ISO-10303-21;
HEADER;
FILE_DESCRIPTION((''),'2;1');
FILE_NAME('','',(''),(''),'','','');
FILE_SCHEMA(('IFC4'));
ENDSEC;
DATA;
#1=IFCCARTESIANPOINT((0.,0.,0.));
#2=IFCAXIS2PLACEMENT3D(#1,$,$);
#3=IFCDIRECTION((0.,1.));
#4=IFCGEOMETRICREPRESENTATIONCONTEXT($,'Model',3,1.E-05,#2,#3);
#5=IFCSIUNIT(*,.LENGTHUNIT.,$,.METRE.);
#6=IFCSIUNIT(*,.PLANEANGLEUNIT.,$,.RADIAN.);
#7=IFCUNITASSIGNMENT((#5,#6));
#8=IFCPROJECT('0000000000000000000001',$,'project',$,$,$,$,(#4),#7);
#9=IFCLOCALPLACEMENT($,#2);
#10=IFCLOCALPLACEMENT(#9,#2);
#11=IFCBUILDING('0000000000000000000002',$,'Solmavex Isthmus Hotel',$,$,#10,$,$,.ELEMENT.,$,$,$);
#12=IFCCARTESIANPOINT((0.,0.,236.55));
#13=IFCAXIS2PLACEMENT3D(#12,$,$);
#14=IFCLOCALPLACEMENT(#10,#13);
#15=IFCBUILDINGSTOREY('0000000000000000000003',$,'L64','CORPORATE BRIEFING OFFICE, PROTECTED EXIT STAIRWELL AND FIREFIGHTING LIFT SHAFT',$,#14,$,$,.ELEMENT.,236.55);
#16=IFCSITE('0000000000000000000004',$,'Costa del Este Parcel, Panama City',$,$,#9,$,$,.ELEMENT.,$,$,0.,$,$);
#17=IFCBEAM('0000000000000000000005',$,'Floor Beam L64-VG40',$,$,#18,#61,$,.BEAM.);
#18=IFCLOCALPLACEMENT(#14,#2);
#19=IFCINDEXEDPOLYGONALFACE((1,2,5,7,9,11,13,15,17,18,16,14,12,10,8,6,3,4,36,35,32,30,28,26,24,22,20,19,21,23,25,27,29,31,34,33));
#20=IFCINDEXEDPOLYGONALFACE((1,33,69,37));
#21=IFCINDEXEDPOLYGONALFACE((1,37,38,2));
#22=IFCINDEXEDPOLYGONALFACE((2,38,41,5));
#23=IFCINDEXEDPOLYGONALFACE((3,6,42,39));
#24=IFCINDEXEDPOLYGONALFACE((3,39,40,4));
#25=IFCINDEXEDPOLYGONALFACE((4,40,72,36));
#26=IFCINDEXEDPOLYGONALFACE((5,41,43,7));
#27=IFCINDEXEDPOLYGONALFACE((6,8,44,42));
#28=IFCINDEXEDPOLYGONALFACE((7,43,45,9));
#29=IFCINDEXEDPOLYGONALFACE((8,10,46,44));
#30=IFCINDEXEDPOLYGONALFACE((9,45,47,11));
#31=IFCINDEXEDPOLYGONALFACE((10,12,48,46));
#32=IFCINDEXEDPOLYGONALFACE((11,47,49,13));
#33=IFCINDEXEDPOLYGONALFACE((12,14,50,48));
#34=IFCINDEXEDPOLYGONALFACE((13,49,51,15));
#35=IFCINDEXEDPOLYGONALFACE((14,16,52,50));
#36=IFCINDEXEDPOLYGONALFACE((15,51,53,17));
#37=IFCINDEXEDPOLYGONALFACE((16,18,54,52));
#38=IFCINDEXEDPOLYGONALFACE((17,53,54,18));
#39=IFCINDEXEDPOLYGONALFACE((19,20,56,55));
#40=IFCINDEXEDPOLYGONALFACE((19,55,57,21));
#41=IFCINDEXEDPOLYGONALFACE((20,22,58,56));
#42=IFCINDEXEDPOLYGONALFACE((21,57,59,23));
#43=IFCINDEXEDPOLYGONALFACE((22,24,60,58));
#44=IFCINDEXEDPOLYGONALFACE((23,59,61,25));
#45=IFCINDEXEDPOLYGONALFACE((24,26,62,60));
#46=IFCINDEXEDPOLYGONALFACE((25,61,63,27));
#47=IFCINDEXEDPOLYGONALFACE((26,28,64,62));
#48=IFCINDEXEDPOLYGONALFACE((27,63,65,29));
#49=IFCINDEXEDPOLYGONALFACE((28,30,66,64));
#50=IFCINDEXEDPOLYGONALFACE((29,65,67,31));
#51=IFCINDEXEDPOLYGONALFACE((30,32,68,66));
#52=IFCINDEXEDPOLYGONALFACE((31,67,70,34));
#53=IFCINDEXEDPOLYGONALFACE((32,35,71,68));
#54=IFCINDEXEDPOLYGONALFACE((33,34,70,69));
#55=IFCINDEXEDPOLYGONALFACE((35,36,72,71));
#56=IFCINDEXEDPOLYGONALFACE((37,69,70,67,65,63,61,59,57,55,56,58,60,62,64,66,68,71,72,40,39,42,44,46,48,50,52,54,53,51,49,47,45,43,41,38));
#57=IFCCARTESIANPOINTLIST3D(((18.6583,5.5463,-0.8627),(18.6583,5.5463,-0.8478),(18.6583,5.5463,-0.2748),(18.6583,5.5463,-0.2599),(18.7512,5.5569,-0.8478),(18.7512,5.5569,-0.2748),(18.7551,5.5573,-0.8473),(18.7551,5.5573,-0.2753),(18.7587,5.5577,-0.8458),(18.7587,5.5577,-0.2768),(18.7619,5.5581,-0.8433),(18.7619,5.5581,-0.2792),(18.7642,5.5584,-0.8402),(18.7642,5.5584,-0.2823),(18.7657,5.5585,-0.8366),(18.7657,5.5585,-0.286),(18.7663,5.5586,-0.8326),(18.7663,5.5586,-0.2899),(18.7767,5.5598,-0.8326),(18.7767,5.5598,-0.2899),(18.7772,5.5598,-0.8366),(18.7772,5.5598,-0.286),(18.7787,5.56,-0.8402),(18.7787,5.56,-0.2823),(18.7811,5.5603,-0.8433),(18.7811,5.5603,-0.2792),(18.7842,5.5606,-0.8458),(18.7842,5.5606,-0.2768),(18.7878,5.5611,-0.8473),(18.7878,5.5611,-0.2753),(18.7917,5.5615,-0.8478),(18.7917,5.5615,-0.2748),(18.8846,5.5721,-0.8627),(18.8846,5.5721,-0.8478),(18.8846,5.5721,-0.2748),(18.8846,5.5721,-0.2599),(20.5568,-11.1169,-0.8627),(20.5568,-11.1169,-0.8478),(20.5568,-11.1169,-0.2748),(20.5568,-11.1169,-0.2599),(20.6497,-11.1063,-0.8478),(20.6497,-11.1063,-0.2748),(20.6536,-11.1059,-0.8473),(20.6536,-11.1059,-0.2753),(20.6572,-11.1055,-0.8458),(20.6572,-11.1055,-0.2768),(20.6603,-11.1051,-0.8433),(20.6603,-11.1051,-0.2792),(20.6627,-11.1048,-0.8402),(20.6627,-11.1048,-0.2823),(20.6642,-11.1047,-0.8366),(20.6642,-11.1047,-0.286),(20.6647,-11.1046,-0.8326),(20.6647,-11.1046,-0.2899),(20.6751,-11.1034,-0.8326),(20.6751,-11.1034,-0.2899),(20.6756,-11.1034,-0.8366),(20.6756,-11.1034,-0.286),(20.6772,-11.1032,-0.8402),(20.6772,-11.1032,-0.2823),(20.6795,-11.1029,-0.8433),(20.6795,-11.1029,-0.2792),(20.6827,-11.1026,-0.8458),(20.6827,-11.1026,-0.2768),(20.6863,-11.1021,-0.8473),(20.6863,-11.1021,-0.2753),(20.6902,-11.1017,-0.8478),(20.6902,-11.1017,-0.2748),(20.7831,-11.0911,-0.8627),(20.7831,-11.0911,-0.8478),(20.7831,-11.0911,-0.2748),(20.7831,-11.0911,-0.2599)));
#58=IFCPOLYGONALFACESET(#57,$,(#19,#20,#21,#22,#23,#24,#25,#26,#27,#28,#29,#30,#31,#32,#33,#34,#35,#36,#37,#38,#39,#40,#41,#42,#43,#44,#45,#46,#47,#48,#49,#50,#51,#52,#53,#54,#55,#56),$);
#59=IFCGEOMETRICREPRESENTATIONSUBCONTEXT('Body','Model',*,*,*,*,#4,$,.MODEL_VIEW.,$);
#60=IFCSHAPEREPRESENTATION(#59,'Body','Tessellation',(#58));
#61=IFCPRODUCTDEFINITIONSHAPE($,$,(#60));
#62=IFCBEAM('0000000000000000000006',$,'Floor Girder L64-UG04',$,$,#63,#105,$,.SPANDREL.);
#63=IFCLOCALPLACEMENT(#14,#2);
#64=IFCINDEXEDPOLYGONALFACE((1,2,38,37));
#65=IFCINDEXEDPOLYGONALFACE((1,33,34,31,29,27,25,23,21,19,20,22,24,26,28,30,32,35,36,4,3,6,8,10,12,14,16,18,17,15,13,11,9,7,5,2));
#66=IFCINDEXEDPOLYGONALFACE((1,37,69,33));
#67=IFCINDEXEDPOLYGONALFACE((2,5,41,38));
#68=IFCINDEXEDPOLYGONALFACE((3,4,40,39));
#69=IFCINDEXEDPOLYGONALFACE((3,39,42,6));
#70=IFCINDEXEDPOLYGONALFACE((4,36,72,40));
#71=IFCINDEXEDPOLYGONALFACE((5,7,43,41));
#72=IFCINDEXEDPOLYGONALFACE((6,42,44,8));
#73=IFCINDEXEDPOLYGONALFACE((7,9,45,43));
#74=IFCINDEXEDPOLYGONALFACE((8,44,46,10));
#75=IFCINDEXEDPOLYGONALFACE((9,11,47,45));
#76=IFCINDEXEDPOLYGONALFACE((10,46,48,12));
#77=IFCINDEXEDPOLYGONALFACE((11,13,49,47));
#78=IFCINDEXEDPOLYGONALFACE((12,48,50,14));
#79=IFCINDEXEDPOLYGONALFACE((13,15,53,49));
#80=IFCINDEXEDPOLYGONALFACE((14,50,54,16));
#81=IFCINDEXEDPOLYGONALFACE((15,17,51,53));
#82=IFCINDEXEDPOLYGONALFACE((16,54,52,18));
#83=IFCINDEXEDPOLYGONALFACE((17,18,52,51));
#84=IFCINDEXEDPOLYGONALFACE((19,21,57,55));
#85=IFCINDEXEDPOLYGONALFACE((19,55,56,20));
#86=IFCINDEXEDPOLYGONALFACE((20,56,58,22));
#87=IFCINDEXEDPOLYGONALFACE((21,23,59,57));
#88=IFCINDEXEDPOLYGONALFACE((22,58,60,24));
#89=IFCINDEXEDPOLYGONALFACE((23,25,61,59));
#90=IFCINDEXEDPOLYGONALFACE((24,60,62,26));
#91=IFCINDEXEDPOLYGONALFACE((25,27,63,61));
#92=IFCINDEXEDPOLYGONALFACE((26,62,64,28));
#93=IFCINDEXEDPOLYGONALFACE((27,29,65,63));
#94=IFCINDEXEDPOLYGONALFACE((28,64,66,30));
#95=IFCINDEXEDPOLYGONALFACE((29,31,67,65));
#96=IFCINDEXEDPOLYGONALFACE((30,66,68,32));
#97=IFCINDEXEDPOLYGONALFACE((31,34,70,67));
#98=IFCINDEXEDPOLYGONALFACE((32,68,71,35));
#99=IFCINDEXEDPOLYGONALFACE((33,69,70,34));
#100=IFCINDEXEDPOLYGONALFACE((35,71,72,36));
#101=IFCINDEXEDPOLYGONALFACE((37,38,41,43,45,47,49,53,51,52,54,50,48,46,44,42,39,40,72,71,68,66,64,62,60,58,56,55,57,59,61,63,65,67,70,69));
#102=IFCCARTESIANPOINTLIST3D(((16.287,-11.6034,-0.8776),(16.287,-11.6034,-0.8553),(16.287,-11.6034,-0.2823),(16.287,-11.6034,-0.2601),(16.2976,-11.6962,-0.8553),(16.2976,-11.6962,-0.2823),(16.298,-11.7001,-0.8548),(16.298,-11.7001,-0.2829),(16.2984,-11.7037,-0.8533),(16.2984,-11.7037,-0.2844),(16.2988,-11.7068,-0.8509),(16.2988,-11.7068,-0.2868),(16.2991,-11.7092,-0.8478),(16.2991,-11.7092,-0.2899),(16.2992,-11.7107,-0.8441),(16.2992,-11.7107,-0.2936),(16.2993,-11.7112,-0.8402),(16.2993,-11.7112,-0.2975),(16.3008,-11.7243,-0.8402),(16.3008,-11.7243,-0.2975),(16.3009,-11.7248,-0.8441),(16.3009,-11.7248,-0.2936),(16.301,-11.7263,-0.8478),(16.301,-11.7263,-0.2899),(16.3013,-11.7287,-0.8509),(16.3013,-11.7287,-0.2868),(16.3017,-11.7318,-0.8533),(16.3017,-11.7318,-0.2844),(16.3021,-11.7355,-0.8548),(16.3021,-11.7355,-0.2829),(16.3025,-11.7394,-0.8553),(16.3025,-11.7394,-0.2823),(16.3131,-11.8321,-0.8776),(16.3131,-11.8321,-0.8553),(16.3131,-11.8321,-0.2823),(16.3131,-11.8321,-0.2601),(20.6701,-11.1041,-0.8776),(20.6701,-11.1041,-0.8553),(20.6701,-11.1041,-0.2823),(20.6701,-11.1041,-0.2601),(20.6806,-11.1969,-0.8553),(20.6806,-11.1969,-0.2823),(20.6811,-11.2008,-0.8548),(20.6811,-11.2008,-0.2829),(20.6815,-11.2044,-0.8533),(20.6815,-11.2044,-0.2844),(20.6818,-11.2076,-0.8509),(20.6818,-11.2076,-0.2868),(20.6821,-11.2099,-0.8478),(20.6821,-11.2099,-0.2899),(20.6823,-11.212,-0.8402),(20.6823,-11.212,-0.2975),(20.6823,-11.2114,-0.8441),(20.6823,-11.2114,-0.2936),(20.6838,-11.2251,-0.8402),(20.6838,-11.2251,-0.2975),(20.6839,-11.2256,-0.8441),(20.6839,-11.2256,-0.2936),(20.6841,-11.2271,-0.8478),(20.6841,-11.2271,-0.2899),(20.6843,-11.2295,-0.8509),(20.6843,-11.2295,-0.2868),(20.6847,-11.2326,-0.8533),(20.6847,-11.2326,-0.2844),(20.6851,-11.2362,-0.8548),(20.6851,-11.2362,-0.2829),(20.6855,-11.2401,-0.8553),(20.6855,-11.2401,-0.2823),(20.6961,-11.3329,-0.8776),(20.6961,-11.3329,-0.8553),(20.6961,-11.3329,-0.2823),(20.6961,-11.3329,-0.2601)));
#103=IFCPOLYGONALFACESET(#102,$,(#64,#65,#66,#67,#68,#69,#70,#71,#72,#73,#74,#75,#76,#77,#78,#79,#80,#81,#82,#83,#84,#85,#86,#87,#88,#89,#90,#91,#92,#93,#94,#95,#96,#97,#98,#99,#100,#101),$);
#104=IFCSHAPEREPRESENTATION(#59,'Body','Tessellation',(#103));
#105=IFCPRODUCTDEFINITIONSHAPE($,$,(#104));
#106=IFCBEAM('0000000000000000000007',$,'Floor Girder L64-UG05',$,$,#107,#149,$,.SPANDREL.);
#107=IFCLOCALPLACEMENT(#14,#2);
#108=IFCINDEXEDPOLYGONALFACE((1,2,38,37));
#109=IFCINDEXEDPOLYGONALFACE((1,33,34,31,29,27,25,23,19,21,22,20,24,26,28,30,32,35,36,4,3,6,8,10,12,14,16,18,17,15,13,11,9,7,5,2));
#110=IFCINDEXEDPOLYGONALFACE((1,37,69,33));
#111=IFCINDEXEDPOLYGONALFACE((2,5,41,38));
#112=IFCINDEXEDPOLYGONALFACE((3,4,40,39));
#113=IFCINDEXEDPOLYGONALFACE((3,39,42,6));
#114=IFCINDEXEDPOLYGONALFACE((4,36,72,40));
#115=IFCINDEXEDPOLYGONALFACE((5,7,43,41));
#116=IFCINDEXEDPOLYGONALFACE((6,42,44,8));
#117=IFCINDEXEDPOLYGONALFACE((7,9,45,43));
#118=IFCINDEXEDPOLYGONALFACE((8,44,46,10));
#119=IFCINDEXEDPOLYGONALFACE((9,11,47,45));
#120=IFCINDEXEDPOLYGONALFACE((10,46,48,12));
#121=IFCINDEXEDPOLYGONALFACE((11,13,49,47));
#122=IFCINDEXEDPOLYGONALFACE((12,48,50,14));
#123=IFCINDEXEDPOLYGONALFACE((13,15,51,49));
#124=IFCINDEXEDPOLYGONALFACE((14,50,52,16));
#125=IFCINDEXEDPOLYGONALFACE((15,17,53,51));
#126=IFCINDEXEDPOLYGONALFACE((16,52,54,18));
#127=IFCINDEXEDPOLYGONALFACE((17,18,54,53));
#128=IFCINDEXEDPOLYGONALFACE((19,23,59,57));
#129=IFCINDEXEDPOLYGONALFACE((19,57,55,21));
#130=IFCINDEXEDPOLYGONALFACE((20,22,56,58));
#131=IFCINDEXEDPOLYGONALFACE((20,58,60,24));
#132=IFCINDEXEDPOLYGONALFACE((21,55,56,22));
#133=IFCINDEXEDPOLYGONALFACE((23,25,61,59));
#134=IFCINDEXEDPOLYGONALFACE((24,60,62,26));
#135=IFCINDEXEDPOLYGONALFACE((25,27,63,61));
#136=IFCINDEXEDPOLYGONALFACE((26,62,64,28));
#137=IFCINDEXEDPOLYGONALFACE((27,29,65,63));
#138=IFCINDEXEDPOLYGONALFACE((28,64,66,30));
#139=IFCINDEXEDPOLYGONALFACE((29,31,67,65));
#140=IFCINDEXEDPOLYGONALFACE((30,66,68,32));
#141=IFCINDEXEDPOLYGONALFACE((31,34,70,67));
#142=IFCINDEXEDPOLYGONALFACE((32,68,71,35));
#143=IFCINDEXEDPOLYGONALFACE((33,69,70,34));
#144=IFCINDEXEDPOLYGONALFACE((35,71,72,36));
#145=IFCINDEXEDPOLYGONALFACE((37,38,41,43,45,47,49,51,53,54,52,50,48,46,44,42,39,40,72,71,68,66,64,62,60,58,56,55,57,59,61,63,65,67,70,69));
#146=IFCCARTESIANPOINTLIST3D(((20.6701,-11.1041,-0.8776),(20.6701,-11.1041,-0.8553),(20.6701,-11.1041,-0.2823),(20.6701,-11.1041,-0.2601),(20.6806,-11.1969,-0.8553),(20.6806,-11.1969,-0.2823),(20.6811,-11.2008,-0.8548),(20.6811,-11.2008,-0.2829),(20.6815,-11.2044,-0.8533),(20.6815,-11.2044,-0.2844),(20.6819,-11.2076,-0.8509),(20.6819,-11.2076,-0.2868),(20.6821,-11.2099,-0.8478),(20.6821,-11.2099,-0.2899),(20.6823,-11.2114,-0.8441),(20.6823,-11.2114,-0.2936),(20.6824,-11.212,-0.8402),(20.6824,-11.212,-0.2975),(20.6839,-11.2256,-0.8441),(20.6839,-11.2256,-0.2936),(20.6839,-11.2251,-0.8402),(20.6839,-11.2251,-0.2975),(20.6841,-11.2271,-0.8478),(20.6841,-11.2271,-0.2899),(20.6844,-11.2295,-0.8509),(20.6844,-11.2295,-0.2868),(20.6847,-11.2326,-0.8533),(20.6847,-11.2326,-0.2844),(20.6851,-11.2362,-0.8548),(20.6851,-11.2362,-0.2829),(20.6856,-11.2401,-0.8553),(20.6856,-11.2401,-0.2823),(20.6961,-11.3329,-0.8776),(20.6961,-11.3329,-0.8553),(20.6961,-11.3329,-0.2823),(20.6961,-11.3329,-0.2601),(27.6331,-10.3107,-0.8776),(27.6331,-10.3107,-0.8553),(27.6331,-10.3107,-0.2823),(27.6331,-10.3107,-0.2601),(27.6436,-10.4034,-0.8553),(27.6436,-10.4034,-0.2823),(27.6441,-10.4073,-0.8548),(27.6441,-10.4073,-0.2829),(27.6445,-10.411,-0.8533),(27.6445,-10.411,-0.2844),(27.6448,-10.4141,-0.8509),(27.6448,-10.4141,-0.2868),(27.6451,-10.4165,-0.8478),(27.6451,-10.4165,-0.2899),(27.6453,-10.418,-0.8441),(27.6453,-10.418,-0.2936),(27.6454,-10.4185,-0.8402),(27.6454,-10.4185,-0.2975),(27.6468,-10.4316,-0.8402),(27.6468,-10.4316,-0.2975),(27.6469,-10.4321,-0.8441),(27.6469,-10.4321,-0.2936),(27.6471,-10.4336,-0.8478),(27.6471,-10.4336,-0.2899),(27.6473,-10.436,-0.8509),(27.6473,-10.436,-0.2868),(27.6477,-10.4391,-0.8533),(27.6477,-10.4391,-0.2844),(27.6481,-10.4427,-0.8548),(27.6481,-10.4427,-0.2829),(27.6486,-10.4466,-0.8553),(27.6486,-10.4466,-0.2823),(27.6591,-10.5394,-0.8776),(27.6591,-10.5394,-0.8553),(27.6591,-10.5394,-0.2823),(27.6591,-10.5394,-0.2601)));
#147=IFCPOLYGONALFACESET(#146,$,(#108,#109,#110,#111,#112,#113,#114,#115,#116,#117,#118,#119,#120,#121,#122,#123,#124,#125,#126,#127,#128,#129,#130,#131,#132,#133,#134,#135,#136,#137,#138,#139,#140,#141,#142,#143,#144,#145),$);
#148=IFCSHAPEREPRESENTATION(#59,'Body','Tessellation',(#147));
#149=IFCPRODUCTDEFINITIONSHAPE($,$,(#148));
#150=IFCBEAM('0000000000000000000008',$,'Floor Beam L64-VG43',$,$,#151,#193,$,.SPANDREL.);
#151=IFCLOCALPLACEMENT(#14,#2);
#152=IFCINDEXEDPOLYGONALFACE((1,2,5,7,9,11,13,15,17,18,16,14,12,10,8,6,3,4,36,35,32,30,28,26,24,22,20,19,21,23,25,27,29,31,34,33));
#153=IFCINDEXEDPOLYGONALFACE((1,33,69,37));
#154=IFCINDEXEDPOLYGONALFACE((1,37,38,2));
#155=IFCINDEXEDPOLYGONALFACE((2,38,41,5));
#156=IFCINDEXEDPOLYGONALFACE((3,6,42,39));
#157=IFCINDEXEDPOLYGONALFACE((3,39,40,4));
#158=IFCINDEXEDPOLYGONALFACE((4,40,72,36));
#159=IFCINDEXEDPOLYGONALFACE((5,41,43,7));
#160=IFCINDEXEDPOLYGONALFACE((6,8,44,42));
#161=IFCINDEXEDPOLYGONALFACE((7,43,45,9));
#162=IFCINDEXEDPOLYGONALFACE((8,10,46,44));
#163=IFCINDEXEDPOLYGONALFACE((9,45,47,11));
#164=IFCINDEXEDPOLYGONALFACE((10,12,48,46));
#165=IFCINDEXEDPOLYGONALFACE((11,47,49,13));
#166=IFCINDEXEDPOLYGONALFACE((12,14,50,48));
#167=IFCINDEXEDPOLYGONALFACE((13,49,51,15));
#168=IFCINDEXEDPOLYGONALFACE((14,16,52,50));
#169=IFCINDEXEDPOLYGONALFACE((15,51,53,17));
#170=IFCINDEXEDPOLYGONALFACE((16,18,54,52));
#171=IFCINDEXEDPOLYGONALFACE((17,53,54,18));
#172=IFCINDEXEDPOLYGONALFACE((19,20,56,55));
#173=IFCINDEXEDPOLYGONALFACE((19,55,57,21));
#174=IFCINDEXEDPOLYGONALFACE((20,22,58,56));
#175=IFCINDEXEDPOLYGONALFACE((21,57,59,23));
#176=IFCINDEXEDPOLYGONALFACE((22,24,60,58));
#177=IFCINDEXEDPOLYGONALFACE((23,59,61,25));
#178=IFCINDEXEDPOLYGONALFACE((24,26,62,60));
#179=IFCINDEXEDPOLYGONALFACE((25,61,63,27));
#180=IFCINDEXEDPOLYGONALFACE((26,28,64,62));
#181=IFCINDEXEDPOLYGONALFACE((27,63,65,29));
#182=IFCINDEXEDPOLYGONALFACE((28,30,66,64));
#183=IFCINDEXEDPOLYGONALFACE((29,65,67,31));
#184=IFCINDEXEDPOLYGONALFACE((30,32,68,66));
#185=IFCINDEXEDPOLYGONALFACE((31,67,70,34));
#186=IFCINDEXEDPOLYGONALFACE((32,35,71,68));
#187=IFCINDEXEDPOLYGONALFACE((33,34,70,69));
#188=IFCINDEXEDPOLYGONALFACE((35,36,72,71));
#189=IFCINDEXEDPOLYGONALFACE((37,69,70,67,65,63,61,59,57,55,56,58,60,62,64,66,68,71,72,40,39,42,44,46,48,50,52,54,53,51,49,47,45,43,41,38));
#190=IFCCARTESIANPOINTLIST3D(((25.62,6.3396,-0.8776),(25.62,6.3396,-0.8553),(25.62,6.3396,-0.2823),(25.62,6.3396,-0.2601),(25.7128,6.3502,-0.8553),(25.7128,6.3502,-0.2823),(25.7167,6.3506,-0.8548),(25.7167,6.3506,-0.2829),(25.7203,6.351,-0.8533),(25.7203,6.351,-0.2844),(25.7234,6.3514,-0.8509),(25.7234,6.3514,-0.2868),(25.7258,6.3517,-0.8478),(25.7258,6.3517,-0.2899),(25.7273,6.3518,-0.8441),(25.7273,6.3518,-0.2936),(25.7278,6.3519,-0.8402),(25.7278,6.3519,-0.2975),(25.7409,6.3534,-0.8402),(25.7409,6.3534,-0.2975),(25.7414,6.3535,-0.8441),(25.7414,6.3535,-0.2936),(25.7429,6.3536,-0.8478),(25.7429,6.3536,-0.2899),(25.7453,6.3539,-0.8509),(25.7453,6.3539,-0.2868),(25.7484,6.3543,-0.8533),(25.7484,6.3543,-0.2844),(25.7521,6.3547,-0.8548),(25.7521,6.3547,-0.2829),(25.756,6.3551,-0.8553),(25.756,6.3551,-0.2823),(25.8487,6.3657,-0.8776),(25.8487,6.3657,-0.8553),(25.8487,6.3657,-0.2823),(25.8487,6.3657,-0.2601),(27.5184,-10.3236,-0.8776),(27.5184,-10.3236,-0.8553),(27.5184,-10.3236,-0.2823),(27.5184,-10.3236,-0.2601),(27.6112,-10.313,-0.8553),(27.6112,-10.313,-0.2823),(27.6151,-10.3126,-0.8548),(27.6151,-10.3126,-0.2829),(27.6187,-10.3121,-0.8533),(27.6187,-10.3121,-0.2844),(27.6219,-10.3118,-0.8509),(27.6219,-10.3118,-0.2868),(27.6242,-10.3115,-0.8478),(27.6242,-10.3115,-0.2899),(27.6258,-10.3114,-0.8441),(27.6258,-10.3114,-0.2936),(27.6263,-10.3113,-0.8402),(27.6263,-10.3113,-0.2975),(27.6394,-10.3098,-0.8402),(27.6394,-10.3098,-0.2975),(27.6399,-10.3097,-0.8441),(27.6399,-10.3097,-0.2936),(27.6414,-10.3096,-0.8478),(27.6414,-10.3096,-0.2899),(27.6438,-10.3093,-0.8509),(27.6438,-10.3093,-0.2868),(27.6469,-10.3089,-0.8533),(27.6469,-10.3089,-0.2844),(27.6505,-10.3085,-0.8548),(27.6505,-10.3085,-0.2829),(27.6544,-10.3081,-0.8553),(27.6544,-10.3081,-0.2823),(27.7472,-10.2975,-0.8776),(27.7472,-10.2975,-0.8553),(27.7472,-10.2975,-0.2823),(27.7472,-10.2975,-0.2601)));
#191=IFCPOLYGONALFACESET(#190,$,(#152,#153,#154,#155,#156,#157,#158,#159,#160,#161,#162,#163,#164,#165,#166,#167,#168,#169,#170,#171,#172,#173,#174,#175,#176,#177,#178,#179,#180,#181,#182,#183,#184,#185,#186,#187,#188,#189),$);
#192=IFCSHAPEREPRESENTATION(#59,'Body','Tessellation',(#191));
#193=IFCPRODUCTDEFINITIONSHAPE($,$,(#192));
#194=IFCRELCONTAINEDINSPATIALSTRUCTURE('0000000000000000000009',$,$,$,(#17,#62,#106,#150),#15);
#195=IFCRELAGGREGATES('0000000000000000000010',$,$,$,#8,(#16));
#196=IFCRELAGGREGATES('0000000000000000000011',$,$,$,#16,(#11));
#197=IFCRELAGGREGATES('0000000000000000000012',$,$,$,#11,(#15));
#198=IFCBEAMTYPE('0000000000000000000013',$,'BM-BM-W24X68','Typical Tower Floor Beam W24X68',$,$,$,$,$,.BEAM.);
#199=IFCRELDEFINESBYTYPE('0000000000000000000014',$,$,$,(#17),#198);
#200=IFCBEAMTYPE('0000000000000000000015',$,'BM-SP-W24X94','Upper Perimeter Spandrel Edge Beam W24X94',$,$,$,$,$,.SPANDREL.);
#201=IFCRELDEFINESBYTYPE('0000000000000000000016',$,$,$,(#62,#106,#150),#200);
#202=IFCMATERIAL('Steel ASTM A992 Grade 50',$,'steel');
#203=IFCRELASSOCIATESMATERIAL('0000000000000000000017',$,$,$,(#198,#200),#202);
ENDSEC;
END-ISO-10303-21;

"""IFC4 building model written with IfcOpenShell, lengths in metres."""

from ifc_helpers import new_model, si_unit, direction, frame, origin, origin_2d, place, context, subcontext, project, spatial, i_section, extrude, material, material_profile, profile_set, type_object, element, save


model = new_model("IFC4")

# Units and contexts
model_context = context("Model", 3, precision=1e-05, world=origin(), true_north=direction((0.0, 1.0)))
body_context = subcontext(model_context, "Body", "Model", "MODEL_VIEW")
ifc_project = project(units=[si_unit("LENGTHUNIT", "METRE"), si_unit("PLANEANGLEUNIT", "RADIAN")], contexts=[model_context])

# Site, building, storey
site_placement = place(None, origin())
site = spatial("IfcSite", under=ifc_project, at=site_placement, Name="Costa del Este Parcel, Panama City", CompositionType="ELEMENT", RefElevation=0.0)
building_placement = place(site_placement, origin())
building = spatial("IfcBuilding", under=site, at=building_placement, Name="Solmavex Isthmus Hotel", CompositionType="ELEMENT")
storey_placement = place(building_placement, frame((0.0, 0.0, 236.55)))
storey = spatial("IfcBuildingStorey", under=building, at=storey_placement, Name="L64", Description="CORPORATE BRIEFING OFFICE, PROTECTED EXIT STAIRWELL AND FIREFIGHTING LIFT SHAFT", CompositionType="ELEMENT", Elevation=236.55)

# Beams
ifc_material_1 = material(Name="Steel ASTM A992 Grade 50", Category="steel")
ifc_material_profile_1 = material_profile(ifc_material_1, i_section(OverallWidth=0.2278, OverallDepth=0.6028, WebThickness=0.0105, FlangeThickness=0.0149, FilletRadius=0.0151, at=origin_2d()), Name="W24X68")
ifc_profile_set_1 = profile_set([ifc_material_profile_1], Name="Steel ASTM A992 Grade 50")
beam_type_1 = type_object("IfcBeamType", Name="BM-BM-W24X68", Description="Typical Tower Floor Beam W24X68", PredefinedType="BEAM", material=ifc_profile_set_1)
beam_1_placement = place(storey_placement, frame((20.6699, -11.104, -0.5613), z_axis=(-0.113198, 0.993572, 0.0), x_axis=(-0.993572, -0.113198, 0.0)))
element("IfcBeam", 1, at=beam_1_placement, inside=storey, type_object=beam_type_1, Name="Floor Beam L64-VG40", PredefinedType="BEAM", context=body_context, shape_type="SweptSolid", body=[
    extrude(i_section(OverallWidth=0.2278, OverallDepth=0.6028, WebThickness=0.0105, FlangeThickness=0.0149, FilletRadius=0.0151, at=origin_2d()), origin(), (0.0, 0.0, 1.0), 16.771),
])
ifc_material_profile_2 = material_profile(ifc_material_1, i_section(OverallWidth=0.2302, OverallDepth=0.6174, WebThickness=0.0132, FlangeThickness=0.0222, FilletRadius=0.0151, at=origin_2d()), Name="W24X94")
ifc_profile_set_2 = profile_set([ifc_material_profile_2], Name="Steel ASTM A992 Grade 50")
beam_type_2 = type_object("IfcBeamType", Name="BM-SP-W24X94", Description="Upper Perimeter Spandrel Edge Beam W24X94", PredefinedType="SPANDREL", material=ifc_profile_set_2)
beam_2_placement = place(storey_placement, frame((16.3, -11.7178, -0.5688), z_axis=(0.993575, 0.113177, 0.0), x_axis=(-0.113177, 0.993575, 0.0)))
element("IfcBeam", 2, at=beam_2_placement, inside=storey, type_object=beam_type_2, Name="Floor Girder L64-UG04", PredefinedType="SPANDREL", context=body_context, shape_type="SweptSolid", body=[
    extrude(i_section(OverallWidth=0.2302, OverallDepth=0.6174, WebThickness=0.0132, FlangeThickness=0.0222, FilletRadius=0.0151, at=origin_2d()), origin(), (0.0, 0.0, 1.0), 4.4114),
])
beam_3_placement = place(storey_placement, frame((20.6831, -11.2185, -0.5688), z_axis=(0.99357, 0.113222, 0.0), x_axis=(-0.113222, 0.99357, 0.0)))
element("IfcBeam", 3, at=beam_3_placement, inside=storey, type_object=beam_type_2, Name="Floor Girder L64-UG05", PredefinedType="SPANDREL", context=body_context, shape_type="SweptSolid", body=[
    extrude(i_section(OverallWidth=0.2302, OverallDepth=0.6174, WebThickness=0.0132, FlangeThickness=0.0222, FilletRadius=0.0151, at=origin_2d()), origin(), (0.0, 0.0, 1.0), 7.0081),
])
beam_4_placement = place(storey_placement, frame((27.6328, -10.3105, -0.5688), z_axis=(-0.113198, 0.993572, 0.0), x_axis=(-0.993572, -0.113198, 0.0)))
element("IfcBeam", 4, at=beam_4_placement, inside=storey, type_object=beam_type_2, Name="Floor Beam L64-VG43", PredefinedType="SPANDREL", context=body_context, shape_type="SweptSolid", body=[
    extrude(i_section(OverallWidth=0.2302, OverallDepth=0.6174, WebThickness=0.0132, FlangeThickness=0.0222, FilletRadius=0.0151, at=origin_2d()), origin(), (0.0, 0.0, 1.0), 16.771),
])

save(model, "model.ifc")
